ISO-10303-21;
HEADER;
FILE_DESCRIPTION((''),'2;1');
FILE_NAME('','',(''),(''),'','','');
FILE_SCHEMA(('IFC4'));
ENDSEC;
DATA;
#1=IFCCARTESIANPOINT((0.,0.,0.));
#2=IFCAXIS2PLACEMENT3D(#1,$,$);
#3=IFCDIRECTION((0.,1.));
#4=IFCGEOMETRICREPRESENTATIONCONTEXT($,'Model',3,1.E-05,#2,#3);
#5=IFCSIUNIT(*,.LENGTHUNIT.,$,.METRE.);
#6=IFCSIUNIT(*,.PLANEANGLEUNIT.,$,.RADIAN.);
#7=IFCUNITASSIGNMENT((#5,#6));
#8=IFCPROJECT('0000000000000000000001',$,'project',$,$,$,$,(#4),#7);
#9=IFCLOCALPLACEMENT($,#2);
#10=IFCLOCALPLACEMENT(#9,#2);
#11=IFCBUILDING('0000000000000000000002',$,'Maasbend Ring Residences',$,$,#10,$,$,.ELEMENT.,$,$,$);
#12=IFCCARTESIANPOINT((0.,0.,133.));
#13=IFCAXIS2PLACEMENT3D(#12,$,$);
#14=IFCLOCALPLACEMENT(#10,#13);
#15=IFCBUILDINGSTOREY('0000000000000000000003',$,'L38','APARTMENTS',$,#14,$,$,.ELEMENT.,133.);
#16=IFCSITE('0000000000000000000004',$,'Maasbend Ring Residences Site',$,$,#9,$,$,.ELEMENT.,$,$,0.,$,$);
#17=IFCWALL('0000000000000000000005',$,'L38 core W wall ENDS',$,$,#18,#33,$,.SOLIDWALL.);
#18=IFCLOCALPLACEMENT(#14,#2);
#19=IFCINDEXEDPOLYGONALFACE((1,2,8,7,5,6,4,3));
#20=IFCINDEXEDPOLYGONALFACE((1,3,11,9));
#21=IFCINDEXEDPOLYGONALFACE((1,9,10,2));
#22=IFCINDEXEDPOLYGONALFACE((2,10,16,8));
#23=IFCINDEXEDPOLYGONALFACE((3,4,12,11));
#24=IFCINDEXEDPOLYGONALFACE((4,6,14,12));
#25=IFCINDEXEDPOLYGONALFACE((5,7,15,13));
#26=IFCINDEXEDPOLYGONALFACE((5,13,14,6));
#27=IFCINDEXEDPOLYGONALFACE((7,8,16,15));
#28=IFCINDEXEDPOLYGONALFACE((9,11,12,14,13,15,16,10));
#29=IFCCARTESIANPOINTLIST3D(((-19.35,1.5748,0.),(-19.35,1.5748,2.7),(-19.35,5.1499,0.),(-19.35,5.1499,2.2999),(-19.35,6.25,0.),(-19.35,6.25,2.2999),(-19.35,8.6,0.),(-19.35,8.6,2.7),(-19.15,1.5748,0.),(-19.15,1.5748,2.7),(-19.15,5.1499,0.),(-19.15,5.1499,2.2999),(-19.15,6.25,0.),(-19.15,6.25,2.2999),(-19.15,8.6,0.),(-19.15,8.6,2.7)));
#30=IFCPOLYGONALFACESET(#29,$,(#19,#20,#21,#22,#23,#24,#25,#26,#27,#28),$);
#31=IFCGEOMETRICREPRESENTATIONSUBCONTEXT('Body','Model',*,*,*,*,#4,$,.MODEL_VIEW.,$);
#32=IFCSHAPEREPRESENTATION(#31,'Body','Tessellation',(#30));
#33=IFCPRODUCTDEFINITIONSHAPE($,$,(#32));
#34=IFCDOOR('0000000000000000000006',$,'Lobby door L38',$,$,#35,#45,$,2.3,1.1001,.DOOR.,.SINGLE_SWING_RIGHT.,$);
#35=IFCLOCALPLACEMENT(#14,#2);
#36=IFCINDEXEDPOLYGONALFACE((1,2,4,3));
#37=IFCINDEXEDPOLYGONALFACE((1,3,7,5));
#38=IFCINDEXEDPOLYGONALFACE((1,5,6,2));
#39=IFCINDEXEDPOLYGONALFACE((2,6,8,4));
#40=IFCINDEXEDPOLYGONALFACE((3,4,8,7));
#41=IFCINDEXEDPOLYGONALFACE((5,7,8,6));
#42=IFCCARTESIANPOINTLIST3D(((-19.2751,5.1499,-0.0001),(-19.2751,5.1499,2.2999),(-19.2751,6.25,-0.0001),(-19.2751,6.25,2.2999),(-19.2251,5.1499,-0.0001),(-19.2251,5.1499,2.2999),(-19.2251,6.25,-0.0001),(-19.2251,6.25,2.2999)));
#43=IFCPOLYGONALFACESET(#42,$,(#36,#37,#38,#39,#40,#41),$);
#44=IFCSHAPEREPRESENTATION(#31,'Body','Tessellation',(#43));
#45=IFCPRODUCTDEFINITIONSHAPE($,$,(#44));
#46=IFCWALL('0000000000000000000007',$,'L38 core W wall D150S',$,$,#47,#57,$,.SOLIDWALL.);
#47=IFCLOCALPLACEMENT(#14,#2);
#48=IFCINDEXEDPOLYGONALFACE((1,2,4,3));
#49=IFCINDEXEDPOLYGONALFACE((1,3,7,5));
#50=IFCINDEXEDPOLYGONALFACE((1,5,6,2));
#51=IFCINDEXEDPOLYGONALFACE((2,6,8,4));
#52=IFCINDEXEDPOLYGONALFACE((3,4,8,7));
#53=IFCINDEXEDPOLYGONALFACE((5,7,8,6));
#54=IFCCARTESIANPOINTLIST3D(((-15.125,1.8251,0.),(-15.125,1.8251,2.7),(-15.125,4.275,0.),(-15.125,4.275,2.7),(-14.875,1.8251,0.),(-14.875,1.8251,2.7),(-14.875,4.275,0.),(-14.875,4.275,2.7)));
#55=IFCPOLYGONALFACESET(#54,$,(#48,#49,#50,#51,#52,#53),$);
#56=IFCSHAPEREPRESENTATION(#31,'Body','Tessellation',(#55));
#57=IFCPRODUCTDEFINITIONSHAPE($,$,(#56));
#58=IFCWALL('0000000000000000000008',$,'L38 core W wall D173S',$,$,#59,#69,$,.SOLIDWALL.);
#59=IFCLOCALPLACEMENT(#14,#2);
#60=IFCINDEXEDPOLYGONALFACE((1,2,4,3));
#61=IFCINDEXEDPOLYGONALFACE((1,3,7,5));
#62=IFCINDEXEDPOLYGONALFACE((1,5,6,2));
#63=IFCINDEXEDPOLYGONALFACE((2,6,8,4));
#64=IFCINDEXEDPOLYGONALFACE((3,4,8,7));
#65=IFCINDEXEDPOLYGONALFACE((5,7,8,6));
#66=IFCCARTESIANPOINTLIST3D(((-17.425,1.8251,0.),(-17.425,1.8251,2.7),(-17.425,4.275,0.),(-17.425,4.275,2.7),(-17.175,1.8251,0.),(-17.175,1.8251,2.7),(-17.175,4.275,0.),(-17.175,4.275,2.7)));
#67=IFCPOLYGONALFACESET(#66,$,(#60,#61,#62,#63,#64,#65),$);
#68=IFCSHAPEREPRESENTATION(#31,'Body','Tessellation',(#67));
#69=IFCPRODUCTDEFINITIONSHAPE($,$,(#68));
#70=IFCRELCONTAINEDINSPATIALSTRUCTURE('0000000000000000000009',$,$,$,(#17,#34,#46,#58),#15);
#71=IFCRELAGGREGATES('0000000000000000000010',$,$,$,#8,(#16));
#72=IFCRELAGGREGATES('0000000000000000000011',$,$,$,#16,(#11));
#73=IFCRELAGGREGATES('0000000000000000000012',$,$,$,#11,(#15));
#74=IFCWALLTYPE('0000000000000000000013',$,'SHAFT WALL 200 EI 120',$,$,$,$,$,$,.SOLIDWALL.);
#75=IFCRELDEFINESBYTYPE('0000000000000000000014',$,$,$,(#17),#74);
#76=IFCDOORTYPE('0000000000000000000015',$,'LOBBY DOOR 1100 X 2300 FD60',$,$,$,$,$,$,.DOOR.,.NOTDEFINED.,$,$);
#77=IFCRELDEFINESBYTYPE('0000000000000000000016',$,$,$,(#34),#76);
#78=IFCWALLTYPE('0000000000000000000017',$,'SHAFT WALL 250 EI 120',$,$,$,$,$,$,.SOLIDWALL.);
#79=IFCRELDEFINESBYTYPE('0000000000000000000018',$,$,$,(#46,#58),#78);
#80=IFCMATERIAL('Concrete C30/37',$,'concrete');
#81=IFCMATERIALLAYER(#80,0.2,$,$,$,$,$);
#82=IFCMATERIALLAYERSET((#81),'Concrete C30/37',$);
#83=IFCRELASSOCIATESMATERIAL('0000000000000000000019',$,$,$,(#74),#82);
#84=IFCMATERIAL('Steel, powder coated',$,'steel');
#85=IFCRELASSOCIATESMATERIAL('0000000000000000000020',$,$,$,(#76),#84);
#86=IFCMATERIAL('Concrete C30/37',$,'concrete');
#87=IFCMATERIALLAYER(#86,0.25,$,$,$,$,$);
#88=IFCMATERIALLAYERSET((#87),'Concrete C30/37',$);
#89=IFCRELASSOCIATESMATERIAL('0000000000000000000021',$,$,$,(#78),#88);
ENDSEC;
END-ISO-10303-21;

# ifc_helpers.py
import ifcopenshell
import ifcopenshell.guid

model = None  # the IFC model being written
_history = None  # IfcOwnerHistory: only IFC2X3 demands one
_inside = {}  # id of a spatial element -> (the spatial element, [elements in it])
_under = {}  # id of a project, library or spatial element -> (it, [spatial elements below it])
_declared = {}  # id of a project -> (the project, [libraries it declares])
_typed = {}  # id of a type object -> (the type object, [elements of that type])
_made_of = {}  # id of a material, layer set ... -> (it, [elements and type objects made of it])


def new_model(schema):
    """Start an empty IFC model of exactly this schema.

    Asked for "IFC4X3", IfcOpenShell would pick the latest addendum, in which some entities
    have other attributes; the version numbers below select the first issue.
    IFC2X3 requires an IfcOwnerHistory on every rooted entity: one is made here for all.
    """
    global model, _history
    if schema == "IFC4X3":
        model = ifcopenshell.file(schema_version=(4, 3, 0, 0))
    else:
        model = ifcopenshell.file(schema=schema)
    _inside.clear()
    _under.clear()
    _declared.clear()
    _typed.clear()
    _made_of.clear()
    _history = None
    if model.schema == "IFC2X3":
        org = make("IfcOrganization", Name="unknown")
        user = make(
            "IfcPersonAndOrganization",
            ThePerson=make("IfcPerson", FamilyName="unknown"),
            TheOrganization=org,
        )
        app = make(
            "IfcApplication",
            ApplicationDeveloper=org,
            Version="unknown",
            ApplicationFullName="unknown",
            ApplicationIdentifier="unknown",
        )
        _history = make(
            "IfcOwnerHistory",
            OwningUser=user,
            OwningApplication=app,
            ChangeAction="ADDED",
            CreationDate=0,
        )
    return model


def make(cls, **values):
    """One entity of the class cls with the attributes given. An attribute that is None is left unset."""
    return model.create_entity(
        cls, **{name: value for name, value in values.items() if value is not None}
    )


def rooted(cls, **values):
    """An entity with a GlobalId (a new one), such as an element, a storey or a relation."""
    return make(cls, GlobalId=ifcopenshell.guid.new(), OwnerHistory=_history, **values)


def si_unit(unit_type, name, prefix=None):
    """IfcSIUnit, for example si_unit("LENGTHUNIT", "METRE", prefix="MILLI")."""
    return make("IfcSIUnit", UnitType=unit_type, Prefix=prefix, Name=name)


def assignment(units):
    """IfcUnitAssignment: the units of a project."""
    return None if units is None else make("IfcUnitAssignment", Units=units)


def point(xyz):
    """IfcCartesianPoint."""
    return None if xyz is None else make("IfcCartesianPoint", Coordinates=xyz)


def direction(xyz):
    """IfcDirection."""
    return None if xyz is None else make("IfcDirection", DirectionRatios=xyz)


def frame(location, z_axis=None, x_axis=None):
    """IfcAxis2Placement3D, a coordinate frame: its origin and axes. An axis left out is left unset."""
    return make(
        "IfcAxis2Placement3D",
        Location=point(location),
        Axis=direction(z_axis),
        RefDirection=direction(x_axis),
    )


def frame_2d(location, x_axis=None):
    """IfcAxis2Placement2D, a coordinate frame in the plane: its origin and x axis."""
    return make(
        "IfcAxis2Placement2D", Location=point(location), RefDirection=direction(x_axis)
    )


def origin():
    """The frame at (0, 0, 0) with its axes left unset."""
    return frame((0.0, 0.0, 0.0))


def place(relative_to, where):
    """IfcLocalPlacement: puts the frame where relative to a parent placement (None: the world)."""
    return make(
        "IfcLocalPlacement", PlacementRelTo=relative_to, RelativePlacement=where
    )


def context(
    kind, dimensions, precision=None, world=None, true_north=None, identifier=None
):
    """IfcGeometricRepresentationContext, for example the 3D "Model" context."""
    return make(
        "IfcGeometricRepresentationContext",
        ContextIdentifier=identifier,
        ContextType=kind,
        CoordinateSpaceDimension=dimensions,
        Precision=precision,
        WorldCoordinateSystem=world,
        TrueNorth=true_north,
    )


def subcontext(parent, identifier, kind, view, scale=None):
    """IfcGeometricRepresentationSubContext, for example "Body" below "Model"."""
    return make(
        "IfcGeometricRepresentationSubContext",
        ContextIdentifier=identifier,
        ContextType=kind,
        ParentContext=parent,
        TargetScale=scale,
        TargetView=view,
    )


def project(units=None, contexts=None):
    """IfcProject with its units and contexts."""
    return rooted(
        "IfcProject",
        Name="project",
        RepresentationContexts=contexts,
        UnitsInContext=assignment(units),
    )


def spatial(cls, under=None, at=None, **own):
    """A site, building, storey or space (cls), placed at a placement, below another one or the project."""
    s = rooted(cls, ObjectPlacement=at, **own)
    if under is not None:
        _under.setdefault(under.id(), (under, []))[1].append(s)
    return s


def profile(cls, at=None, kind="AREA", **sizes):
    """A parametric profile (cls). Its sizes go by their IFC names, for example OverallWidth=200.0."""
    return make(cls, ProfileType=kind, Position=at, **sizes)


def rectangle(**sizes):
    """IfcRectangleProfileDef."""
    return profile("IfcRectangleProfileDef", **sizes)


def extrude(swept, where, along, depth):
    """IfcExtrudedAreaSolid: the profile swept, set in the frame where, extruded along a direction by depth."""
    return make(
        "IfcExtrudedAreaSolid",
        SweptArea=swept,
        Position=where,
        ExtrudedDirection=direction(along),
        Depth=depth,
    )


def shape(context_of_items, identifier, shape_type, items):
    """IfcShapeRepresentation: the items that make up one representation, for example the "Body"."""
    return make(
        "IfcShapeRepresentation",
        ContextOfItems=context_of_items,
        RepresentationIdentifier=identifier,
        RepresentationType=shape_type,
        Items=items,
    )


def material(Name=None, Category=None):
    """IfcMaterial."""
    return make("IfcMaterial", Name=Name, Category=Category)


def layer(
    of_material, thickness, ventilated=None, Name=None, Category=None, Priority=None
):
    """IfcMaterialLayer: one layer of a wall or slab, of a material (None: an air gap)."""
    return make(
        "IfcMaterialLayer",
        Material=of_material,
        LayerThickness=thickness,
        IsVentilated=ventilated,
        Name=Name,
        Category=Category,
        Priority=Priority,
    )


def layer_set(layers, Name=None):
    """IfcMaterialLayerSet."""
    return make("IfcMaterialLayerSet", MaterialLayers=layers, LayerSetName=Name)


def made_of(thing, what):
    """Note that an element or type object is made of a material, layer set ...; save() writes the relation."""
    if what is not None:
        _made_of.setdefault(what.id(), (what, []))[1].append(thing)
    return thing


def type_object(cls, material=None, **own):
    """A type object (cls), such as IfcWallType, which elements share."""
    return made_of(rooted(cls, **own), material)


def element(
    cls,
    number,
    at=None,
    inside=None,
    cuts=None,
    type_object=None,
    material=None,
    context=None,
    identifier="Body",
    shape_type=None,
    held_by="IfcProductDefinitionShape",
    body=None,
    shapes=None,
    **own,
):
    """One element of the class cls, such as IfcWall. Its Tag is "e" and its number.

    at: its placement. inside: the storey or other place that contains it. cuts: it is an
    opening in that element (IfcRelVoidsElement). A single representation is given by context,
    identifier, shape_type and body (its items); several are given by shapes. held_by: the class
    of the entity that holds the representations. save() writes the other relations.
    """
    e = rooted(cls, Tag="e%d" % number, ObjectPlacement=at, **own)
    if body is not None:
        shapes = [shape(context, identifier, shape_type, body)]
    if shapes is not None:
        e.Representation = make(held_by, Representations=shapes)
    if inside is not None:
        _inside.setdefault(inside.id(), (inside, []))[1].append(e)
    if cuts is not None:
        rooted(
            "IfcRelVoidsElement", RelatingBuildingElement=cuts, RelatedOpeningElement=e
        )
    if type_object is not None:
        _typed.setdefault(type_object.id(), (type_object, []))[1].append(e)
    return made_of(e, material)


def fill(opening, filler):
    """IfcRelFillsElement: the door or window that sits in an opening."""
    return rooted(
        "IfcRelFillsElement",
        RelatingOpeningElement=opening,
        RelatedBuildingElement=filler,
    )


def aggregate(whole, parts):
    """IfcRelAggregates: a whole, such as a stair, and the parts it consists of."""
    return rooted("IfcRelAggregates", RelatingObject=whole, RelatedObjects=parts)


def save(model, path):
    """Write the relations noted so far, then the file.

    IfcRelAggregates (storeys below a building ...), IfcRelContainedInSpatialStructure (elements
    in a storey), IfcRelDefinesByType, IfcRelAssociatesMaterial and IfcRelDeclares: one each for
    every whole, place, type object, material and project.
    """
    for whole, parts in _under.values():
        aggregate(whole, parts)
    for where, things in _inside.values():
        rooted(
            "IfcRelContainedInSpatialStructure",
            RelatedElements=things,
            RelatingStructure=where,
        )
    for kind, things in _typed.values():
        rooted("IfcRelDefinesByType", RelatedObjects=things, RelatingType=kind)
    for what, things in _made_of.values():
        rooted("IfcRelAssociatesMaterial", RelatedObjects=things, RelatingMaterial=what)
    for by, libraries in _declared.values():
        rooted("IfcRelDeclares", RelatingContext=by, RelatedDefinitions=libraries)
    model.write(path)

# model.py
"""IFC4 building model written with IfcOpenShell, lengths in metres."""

from ifc_helpers import new_model, si_unit, direction, frame, frame_2d, origin, place, context, subcontext, project, spatial, rectangle, extrude, material, layer, layer_set, type_object, element, fill, save


model = new_model("IFC4")

# Units and contexts
model_context = context("Model", 3, precision=1e-05, world=origin(), true_north=direction((0.0, 1.0)))
body_context = subcontext(model_context, "Body", "Model", "MODEL_VIEW")
ifc_project = project(units=[si_unit("LENGTHUNIT", "METRE"), si_unit("PLANEANGLEUNIT", "RADIAN")], contexts=[model_context])

# Site, building, storey
site_placement = place(None, origin())
site = spatial("IfcSite", under=ifc_project, at=site_placement, Name="Maasbend Ring Residences Site", CompositionType="ELEMENT", RefElevation=0.0)
building_placement = place(site_placement, origin())
building = spatial("IfcBuilding", under=site, at=building_placement, Name="Maasbend Ring Residences", CompositionType="ELEMENT")
storey_placement = place(building_placement, frame((0.0, 0.0, 133.0)))
storey = spatial("IfcBuildingStorey", under=building, at=storey_placement, Name="L38", Description="APARTMENTS", CompositionType="ELEMENT", Elevation=133.0)

# Wall, opening, door
ifc_material_1 = material(Name="Concrete C30/37", Category="concrete")
ifc_layer_1 = layer(ifc_material_1, 0.2)
ifc_layer_set_1 = layer_set([ifc_layer_1], Name="Concrete C30/37")
wall_type_1 = type_object("IfcWallType", Name="SHAFT WALL 200 EI 120", PredefinedType="SOLIDWALL", material=ifc_layer_set_1)
wall_1_placement = place(storey_placement, frame((-19.25, 8.6001, 0.0), z_axis=(0.0, 0.0, 1.0), x_axis=(0.0, -1.0, 0.0)))
wall_1 = element("IfcWall", 1, at=wall_1_placement, inside=storey, type_object=wall_type_1, Name="L38 core W wall ENDS", PredefinedType="SOLIDWALL", context=body_context, shape_type="SweptSolid", body=[
    extrude(rectangle(XDim=7.0251, YDim=0.2, at=frame_2d((3.5127, 0.0))), origin(), (0.0, 0.0, 1.0), 2.7),
])
opening_1_placement = place(wall_1_placement, frame((2.3501, 0.0, 0.0)))
opening_1 = element("IfcOpeningElement", 2, at=opening_1_placement, cuts=wall_1, PredefinedType="OPENING", context=body_context, shape_type="SweptSolid", body=[
    extrude(rectangle(XDim=1.1001, YDim=2.3, at=frame_2d((0.55, 1.1499))), frame((0.0, 0.1099, 0.0), z_axis=(0.0, -1.0, 0.0), x_axis=(1.0, 0.0, 0.0)), (0.0, 0.0, 1.0), 0.22),
])
ifc_material_2 = material(Name="Steel, powder coated", Category="steel")
door_type_1 = type_object("IfcDoorType", Name="LOBBY DOOR 1100 X 2300 FD60", OperationType="NOTDEFINED", PredefinedType="DOOR", material=ifc_material_2)
door_1_placement = place(opening_1_placement, origin())
door_1 = element("IfcDoor", 3, at=door_1_placement, inside=storey, type_object=door_type_1, Name="Lobby door L38", OperationType="SINGLE_SWING_RIGHT", OverallHeight=2.3, OverallWidth=1.1001, PredefinedType="DOOR", context=body_context, shape_type="SweptSolid", body=[
    extrude(rectangle(XDim=1.1001, YDim=2.3, at=frame_2d((0.55, 1.1499))), frame((0.0, 0.0249, 0.0), z_axis=(0.0, -1.0, 0.0), x_axis=(1.0, 0.0, 0.0)), (0.0, 0.0, 1.0), 0.05),
])
fill(opening_1, door_1)

# Walls
ifc_material_3 = material(Name="Concrete C30/37", Category="concrete")
ifc_layer_2 = layer(ifc_material_3, 0.25)
ifc_layer_set_2 = layer_set([ifc_layer_2], Name="Concrete C30/37")
wall_type_2 = type_object("IfcWallType", Name="SHAFT WALL 250 EI 120", PredefinedType="SOLIDWALL", material=ifc_layer_set_2)
for number, where, z_axis, x_axis, name in (
    (4, (-15.0, 1.825, 0.0), (0.0, 0.0, 1.0), (0.0, 1.0, 0.0), "L38 core W wall D150S"),
    (5, (-17.3, 1.825, 0.0), (0.0, 0.0, 1.0), (0.0, 1.0, 0.0), "L38 core W wall D173S"),
):
    element("IfcWall", number, at=place(storey_placement, frame(where, z_axis=z_axis, x_axis=x_axis)), inside=storey, type_object=wall_type_2, Name=name, PredefinedType="SOLIDWALL", context=body_context, shape_type="SweptSolid", body=[
        extrude(rectangle(XDim=2.45, YDim=0.25, at=frame_2d((1.2251, 0.0))), origin(), (0.0, 0.0, 1.0), 2.7),
    ])

save(model, "model.ifc")
